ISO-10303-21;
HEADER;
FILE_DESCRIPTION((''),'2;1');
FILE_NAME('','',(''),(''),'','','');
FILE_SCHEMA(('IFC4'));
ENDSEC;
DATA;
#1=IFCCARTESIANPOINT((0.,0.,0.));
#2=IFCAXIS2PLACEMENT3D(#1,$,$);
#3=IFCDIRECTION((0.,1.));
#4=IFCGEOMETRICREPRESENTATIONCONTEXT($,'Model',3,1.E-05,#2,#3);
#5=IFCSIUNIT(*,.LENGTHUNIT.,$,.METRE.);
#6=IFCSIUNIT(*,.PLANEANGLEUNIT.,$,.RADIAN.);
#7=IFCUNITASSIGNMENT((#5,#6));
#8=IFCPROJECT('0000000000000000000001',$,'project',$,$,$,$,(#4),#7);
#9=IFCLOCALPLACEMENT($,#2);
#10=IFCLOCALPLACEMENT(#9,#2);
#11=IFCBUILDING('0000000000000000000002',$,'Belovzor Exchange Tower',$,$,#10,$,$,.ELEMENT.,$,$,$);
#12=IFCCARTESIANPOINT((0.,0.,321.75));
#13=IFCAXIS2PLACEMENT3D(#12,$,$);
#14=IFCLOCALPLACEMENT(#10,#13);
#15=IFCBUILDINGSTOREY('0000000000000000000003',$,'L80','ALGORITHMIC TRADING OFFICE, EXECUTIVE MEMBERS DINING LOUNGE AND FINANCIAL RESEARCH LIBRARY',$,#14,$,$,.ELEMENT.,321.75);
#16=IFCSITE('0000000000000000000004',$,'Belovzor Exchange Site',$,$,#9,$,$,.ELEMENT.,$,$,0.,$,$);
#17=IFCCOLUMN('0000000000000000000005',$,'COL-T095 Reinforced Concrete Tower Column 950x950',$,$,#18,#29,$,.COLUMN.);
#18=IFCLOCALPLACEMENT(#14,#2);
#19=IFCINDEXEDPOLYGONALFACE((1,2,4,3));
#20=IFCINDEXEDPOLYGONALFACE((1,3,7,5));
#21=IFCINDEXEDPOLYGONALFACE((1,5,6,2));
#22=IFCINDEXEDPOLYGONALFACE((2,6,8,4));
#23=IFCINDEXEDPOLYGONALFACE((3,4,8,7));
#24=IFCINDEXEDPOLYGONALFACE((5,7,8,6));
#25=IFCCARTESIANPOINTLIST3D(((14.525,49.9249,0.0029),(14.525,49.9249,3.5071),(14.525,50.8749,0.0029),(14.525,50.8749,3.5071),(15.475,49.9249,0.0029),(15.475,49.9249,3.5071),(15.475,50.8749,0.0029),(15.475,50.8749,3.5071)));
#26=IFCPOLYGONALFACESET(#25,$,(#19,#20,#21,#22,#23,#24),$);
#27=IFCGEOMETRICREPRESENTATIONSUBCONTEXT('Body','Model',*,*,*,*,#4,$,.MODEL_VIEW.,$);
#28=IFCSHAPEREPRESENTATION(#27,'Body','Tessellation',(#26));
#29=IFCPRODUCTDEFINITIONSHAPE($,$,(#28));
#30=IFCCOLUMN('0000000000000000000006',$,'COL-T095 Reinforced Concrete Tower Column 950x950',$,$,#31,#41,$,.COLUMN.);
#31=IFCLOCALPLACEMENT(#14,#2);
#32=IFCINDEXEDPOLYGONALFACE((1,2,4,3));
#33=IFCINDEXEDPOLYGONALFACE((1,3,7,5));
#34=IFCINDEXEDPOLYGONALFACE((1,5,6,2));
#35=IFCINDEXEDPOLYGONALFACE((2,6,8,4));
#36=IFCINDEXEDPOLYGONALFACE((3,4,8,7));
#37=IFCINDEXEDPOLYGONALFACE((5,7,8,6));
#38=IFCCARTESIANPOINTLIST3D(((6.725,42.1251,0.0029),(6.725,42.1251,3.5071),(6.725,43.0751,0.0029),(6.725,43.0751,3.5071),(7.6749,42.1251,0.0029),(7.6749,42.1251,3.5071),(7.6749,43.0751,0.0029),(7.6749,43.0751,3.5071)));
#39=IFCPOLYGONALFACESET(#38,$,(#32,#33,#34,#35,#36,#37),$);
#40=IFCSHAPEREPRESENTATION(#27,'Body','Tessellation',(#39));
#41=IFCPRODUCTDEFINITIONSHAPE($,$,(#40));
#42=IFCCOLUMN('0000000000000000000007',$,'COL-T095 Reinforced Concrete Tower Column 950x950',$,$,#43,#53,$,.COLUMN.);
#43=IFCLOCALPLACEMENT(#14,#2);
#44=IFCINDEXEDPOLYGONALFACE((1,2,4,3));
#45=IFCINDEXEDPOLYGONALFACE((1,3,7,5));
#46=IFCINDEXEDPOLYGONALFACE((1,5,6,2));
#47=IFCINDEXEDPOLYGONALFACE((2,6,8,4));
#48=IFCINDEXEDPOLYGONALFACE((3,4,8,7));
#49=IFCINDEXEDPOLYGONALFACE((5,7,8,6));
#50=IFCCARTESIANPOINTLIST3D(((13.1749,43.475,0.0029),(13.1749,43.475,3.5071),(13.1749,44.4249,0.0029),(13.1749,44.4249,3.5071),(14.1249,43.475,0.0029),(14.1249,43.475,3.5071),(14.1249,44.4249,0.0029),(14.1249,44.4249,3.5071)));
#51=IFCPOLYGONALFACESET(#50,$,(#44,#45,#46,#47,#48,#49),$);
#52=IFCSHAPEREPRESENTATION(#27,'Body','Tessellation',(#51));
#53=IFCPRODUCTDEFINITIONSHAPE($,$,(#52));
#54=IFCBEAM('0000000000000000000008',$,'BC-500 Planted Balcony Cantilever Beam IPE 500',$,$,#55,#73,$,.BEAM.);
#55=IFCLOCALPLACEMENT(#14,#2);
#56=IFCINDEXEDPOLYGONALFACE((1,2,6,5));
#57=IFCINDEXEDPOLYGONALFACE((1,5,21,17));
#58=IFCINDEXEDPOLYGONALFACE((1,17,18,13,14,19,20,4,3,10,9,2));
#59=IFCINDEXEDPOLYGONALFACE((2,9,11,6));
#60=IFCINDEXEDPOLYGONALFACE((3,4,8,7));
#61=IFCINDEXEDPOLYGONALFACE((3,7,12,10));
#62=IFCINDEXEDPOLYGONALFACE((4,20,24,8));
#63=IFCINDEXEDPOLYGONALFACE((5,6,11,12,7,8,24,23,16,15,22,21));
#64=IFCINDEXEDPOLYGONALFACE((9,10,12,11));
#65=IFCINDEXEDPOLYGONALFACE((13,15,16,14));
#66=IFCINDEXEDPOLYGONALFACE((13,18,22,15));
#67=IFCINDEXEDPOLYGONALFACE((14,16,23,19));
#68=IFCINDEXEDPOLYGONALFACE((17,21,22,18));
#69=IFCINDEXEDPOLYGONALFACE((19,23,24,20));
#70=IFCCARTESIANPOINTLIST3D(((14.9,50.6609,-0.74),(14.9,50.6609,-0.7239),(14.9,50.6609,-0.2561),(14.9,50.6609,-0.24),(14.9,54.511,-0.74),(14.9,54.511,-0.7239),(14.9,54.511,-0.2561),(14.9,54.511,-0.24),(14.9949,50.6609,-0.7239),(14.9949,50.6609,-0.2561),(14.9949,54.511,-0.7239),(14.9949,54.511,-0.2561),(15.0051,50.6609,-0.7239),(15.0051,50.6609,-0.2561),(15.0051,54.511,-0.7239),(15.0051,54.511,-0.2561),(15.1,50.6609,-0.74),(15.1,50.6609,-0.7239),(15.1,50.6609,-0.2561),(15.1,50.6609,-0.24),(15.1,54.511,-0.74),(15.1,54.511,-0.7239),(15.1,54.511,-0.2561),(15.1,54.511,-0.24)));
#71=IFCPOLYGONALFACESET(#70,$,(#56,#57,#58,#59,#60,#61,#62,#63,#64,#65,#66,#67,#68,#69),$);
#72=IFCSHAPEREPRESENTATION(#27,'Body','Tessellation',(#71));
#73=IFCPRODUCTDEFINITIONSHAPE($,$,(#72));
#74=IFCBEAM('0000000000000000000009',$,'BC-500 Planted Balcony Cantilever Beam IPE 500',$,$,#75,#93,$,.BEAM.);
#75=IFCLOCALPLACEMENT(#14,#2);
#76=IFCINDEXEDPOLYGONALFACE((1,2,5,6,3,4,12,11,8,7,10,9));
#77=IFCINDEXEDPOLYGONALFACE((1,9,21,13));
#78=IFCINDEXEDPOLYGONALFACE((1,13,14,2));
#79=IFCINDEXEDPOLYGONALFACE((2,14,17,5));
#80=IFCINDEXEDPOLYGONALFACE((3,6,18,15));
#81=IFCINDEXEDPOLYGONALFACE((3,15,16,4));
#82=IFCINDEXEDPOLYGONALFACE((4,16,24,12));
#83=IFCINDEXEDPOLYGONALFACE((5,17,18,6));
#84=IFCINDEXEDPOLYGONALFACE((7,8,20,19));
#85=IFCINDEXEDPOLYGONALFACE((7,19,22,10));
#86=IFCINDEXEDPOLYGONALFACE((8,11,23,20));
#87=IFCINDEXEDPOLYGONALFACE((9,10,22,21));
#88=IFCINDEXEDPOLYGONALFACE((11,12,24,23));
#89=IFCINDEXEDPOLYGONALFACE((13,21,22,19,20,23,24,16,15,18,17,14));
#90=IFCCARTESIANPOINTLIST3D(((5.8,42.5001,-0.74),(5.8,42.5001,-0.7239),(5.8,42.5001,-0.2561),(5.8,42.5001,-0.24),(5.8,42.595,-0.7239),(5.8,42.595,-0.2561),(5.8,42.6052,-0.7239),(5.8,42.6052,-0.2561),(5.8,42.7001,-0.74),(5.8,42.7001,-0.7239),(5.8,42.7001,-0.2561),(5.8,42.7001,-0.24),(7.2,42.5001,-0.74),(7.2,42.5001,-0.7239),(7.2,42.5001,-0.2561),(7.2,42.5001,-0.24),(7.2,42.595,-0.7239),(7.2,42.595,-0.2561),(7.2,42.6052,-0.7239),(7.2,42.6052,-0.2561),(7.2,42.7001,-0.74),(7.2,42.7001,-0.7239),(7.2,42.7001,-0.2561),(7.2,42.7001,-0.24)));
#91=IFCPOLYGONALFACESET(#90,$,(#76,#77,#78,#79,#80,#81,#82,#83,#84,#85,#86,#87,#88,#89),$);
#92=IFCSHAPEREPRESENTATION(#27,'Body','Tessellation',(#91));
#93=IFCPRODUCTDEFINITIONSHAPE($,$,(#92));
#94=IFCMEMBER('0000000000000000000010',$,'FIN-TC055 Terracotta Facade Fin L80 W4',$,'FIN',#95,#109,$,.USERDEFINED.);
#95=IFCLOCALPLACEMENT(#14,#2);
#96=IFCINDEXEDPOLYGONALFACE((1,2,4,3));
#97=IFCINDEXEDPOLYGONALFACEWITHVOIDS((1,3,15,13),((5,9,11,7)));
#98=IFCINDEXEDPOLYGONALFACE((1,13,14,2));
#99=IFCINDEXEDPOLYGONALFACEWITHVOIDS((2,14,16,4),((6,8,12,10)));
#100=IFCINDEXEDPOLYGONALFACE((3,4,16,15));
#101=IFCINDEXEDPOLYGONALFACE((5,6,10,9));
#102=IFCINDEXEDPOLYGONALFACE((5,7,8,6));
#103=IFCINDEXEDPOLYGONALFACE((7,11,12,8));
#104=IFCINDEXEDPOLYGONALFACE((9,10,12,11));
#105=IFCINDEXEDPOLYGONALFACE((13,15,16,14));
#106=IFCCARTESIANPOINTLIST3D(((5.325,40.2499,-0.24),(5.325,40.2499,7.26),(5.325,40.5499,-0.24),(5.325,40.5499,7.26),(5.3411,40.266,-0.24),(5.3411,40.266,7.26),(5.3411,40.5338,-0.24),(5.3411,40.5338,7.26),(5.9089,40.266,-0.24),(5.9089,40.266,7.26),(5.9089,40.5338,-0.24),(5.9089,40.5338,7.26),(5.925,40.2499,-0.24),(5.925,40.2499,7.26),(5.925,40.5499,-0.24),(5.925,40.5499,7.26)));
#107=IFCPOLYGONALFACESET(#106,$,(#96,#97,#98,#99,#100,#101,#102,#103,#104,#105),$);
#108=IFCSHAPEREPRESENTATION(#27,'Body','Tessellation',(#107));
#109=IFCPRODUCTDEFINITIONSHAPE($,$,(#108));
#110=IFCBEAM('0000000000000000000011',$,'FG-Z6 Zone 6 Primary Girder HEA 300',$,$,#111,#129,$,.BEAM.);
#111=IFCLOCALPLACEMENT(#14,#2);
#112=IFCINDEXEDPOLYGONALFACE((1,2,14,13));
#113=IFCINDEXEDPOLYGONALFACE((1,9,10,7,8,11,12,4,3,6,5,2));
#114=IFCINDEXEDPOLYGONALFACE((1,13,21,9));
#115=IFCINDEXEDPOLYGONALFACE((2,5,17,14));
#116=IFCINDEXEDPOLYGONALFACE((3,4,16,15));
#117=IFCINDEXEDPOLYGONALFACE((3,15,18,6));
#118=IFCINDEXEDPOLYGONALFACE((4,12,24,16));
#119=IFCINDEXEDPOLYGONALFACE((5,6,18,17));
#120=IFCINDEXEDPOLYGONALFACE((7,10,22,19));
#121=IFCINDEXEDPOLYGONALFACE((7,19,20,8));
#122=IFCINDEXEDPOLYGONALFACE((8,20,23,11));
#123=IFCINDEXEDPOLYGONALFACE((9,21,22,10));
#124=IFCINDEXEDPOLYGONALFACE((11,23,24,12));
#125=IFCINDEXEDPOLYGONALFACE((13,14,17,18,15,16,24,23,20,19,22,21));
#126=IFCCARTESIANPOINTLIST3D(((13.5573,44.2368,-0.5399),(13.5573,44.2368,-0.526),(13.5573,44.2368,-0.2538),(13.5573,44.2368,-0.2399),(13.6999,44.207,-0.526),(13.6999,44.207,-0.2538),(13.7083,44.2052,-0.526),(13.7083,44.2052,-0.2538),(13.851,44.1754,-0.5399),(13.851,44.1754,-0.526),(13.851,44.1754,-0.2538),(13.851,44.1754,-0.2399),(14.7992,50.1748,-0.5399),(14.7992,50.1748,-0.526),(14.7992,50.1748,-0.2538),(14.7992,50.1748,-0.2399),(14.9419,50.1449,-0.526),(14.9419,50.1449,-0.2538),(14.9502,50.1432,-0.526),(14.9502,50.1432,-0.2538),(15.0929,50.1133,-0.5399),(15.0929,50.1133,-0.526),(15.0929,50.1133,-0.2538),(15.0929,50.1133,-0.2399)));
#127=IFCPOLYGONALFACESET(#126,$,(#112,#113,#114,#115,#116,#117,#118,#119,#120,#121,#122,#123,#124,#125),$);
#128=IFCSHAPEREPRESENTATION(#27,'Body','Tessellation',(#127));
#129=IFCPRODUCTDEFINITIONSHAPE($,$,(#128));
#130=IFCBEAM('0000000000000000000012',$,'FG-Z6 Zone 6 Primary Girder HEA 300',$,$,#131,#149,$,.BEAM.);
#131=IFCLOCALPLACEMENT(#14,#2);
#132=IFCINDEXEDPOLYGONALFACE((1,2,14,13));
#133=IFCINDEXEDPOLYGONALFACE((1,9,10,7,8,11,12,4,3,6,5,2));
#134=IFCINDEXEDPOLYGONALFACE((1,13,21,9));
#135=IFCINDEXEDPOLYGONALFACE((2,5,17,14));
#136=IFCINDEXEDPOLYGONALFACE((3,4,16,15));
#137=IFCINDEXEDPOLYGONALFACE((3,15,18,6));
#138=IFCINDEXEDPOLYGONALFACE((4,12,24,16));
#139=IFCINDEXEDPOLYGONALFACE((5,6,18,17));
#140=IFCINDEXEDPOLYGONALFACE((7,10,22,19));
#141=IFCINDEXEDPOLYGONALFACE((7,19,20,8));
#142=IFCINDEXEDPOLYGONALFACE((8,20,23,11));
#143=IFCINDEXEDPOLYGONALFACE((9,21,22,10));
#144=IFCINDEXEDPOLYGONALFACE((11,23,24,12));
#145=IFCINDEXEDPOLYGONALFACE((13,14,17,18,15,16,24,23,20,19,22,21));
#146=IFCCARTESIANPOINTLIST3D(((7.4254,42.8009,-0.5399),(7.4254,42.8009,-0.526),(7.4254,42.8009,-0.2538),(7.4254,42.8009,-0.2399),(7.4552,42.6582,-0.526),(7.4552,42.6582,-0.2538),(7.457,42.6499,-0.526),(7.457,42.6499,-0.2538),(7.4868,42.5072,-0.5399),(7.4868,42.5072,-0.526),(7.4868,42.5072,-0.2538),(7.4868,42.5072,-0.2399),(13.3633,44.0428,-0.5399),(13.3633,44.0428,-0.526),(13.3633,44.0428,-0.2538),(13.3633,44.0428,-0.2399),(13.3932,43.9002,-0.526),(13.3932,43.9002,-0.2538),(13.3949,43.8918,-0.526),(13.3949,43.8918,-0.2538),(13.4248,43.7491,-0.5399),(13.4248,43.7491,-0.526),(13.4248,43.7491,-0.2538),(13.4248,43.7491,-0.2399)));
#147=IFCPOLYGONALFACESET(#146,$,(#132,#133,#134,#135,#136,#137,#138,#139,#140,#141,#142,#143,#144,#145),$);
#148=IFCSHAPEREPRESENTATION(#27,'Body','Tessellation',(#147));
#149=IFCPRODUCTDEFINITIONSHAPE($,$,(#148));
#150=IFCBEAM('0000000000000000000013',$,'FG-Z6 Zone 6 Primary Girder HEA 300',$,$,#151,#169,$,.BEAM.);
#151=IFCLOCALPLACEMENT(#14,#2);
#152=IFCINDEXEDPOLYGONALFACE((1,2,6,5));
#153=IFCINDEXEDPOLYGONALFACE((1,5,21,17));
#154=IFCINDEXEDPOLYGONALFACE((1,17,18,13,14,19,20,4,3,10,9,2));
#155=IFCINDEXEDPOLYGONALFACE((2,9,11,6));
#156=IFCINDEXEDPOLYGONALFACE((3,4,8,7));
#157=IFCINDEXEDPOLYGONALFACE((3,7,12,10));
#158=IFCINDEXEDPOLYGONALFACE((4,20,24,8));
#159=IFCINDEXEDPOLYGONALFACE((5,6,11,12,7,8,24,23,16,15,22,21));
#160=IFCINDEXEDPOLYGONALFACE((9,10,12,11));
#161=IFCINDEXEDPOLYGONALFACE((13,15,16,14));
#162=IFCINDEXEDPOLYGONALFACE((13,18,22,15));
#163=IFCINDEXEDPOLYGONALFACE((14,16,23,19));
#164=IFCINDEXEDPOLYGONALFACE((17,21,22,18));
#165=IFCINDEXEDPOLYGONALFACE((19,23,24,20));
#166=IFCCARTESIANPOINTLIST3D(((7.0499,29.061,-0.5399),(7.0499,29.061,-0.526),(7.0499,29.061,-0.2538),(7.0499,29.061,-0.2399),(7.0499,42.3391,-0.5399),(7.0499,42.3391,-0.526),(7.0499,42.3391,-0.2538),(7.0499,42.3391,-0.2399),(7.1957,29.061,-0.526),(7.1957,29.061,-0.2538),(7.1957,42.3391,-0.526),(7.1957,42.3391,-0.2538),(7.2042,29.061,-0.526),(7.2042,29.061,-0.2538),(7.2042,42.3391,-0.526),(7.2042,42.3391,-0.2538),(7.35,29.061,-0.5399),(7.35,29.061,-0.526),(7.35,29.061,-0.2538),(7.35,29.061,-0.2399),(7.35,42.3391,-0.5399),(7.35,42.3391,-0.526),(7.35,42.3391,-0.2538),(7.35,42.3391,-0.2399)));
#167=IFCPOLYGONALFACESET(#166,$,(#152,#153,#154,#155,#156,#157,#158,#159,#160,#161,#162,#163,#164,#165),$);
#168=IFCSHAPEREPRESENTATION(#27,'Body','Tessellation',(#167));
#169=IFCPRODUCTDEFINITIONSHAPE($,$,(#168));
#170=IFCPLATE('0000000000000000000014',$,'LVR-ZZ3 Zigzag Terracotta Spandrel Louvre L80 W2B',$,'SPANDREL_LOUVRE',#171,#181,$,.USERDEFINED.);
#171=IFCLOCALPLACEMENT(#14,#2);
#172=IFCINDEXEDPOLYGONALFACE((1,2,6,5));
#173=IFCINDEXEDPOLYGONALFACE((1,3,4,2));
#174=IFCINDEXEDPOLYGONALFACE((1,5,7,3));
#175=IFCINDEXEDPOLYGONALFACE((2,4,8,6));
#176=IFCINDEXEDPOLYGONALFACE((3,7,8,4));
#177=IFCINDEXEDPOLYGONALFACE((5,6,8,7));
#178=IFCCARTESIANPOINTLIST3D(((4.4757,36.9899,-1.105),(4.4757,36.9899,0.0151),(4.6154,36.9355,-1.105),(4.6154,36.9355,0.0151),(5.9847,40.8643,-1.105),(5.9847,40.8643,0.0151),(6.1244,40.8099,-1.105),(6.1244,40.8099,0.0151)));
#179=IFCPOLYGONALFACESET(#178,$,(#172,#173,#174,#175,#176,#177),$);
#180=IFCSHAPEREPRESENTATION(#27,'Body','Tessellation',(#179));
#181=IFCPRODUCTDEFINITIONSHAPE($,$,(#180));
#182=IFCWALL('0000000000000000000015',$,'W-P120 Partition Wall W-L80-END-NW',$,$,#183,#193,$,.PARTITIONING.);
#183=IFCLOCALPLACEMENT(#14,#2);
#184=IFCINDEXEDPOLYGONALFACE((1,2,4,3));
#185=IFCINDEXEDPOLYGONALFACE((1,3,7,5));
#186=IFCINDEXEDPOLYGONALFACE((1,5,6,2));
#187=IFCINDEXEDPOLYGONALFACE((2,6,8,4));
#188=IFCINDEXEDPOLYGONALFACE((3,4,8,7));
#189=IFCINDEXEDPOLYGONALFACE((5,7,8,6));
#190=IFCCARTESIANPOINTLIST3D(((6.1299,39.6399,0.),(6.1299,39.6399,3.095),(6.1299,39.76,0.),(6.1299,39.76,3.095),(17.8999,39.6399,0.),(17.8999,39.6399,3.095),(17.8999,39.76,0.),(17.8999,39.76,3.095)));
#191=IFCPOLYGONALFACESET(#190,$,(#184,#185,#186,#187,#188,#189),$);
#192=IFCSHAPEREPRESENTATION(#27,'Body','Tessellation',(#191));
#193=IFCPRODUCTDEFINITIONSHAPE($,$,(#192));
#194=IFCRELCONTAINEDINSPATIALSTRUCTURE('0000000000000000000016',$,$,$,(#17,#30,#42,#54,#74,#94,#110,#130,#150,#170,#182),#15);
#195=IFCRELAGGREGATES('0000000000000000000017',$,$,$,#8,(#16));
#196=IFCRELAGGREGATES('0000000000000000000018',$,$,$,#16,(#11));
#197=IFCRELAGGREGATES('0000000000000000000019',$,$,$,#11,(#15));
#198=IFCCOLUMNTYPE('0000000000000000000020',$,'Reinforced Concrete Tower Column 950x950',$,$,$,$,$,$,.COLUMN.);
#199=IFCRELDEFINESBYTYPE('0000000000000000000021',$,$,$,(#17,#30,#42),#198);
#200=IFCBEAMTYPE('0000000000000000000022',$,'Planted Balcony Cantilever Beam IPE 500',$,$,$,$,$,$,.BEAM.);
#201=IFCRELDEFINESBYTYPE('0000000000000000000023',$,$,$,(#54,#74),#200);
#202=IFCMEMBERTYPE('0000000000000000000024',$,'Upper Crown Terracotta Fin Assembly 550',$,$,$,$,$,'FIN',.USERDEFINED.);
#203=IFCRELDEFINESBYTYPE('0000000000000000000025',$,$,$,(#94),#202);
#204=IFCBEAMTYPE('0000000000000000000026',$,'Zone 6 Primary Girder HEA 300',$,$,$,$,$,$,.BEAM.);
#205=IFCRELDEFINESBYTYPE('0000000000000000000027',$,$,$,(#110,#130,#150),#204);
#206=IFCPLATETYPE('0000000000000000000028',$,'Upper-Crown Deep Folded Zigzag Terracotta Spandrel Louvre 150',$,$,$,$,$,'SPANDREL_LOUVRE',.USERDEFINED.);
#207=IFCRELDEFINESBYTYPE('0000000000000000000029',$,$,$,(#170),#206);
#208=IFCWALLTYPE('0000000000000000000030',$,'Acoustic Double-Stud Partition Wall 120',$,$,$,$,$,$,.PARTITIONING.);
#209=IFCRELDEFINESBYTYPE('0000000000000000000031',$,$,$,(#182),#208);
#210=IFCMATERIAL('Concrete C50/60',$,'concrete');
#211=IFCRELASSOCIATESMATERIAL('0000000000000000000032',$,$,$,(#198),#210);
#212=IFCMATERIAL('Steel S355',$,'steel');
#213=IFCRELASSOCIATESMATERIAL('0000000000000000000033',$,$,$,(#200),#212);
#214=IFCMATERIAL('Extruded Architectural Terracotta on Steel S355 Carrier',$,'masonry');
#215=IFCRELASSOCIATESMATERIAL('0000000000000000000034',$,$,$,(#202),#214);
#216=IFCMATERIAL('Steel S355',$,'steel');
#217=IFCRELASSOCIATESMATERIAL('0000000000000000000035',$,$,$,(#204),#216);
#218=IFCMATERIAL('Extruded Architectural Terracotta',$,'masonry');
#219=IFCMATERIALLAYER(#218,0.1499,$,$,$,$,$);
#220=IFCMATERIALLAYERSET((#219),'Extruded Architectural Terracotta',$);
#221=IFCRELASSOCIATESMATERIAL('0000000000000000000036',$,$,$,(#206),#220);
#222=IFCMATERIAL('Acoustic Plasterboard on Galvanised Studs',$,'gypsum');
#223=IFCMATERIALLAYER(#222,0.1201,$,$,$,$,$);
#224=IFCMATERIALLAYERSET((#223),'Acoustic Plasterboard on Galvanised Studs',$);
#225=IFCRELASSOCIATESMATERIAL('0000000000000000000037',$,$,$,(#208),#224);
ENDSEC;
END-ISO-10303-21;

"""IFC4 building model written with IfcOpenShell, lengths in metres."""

from ifc_helpers import new_model, si_unit, direction, frame, frame_2d, origin, origin_2d, place, context, subcontext, project, spatial, rectangle, hollow_rectangle, i_section, extrude, material, layer, layer_set, material_profile, profile_set, type_object, element, save


model = new_model("IFC4")

# Units and contexts
model_context = context("Model", 3, precision=1e-05, world=origin(), true_north=direction((0.0, 1.0)))
body_context = subcontext(model_context, "Body", "Model", "MODEL_VIEW")
ifc_project = project(units=[si_unit("LENGTHUNIT", "METRE"), si_unit("PLANEANGLEUNIT", "RADIAN")], contexts=[model_context])

# Site, building, storey
site_placement = place(None, origin())
site = spatial("IfcSite", under=ifc_project, at=site_placement, Name="Belovzor Exchange Site", CompositionType="ELEMENT", RefElevation=0.0)
building_placement = place(site_placement, origin())
building = spatial("IfcBuilding", under=site, at=building_placement, Name="Belovzor Exchange Tower", CompositionType="ELEMENT")
storey_placement = place(building_placement, frame((0.0, 0.0, 321.75)))
storey = spatial("IfcBuildingStorey", under=building, at=storey_placement, Name="L80", Description="ALGORITHMIC TRADING OFFICE, EXECUTIVE MEMBERS DINING LOUNGE AND FINANCIAL RESEARCH LIBRARY", CompositionType="ELEMENT", Elevation=321.75)

# Columns
ifc_material_1 = material(Name="Concrete C50/60", Category="concrete")
ifc_material_profile_1 = material_profile(ifc_material_1, rectangle(XDim=0.95, YDim=0.95, at=origin_2d()))
ifc_profile_set_1 = profile_set([ifc_material_profile_1], Name="Concrete C50/60")
column_type = type_object("IfcColumnType", Name="Reinforced Concrete Tower Column 950x950", PredefinedType="COLUMN", material=ifc_profile_set_1)
for number, where, z_axis, x_axis, name in (
    (1, (15.0, 50.3999, 0.0029), (0.0, 0.0, 1.0), (1.0, 0.0, 0.0), "COL-T095 Reinforced Concrete Tower Column 950x950"),
    (2, (7.2, 42.6001, 0.0029), (0.0, 0.0, 1.0), (1.0, 0.0, 0.0), "COL-T095 Reinforced Concrete Tower Column 950x950"),
    (3, (13.6499, 43.95, 0.0029), (0.0, 0.0, 1.0), (1.0, 0.0, 0.0), "COL-T095 Reinforced Concrete Tower Column 950x950"),
):
    element("IfcColumn", number, at=place(storey_placement, frame(where, z_axis=z_axis, x_axis=x_axis)), inside=storey, type_object=column_type, Name=name, PredefinedType="COLUMN", context=body_context, shape_type="SweptSolid", body=[
        extrude(rectangle(XDim=0.95, YDim=0.95, at=origin_2d()), origin(), (0.0, 0.0, 1.0), 3.5042),
    ])

# Beams
ifc_material_2 = material(Name="Steel S355", Category="steel")
ifc_material_profile_2 = material_profile(ifc_material_2, i_section(OverallWidth=0.2, OverallDepth=0.5, WebThickness=0.0103, FlangeThickness=0.0161, at=origin_2d()))
ifc_profile_set_2 = profile_set([ifc_material_profile_2], Name="Steel S355")
beam_type_1 = type_object("IfcBeamType", Name="Planted Balcony Cantilever Beam IPE 500", PredefinedType="BEAM", material=ifc_profile_set_2)
beam_1_placement = place(storey_placement, frame((15.0, 50.6609, -0.49), z_axis=(0.0, 1.0, 0.0), x_axis=(-1.0, 0.0, 0.0)))
element("IfcBeam", 4, at=beam_1_placement, inside=storey, type_object=beam_type_1, Name="BC-500 Planted Balcony Cantilever Beam IPE 500", PredefinedType="BEAM", context=body_context, shape_type="SweptSolid", body=[
    extrude(i_section(OverallWidth=0.2, OverallDepth=0.5, WebThickness=0.0103, FlangeThickness=0.0161, at=origin_2d()), origin(), (0.0, 0.0, 1.0), 3.8501),
])
beam_2_placement = place(storey_placement, frame((7.2, 42.6001, -0.49), z_axis=(-1.0, 0.0, 0.0), x_axis=(0.0, -1.0, 0.0)))
element("IfcBeam", 5, at=beam_2_placement, inside=storey, type_object=beam_type_1, Name="BC-500 Planted Balcony Cantilever Beam IPE 500", PredefinedType="BEAM", context=body_context, shape_type="SweptSolid", body=[
    extrude(i_section(OverallWidth=0.2, OverallDepth=0.5, WebThickness=0.0103, FlangeThickness=0.0161, at=origin_2d()), origin(), (0.0, 0.0, 1.0), 1.3999),
])

# Member
ifc_material_3 = material(Name="Extruded Architectural Terracotta on Steel S355 Carrier", Category="masonry")
ifc_material_profile_3 = material_profile(ifc_material_3, hollow_rectangle(XDim=0.3, YDim=0.6001, WallThickness=0.0161, at=origin_2d()))
ifc_profile_set_3 = profile_set([ifc_material_profile_3], Name="Extruded Architectural Terracotta on Steel S355 Carrier")
member_type = type_object("IfcMemberType", Name="Upper Crown Terracotta Fin Assembly 550", ElementType="FIN", PredefinedType="USERDEFINED", material=ifc_profile_set_3)
member_placement = place(storey_placement, frame((5.625, 40.3999, -0.24), z_axis=(0.0, 0.0, 1.0), x_axis=(0.0, 1.0, 0.0)))
element("IfcMember", 6, at=member_placement, inside=storey, type_object=member_type, Name="FIN-TC055 Terracotta Facade Fin L80 W4", ObjectType="FIN", PredefinedType="USERDEFINED", context=body_context, shape_type="SweptSolid", body=[
    extrude(hollow_rectangle(XDim=0.3, YDim=0.6001, WallThickness=0.0161, at=origin_2d()), origin(), (0.0, 0.0, 1.0), 7.5),
])

# Beams
ifc_material_4 = material(Name="Steel S355", Category="steel")
ifc_material_profile_4 = material_profile(ifc_material_4, i_section(OverallWidth=0.3, OverallDepth=0.3, WebThickness=0.0085, FlangeThickness=0.0139, at=origin_2d()))
ifc_profile_set_4 = profile_set([ifc_material_profile_4], Name="Steel S355")
beam_type_2 = type_object("IfcBeamType", Name="Zone 6 Primary Girder HEA 300", PredefinedType="BEAM", material=ifc_profile_set_4)
for number, where, z_axis, x_axis, name in (
    (7, (14.946, 50.144, -0.3899), (-0.204722, -0.97882, 0.0), (0.97882, -0.204722, 0.0), "FG-Z6 Zone 6 Primary Girder HEA 300"),
    (8, (13.394, 43.896, -0.3899), (-0.97882, -0.204722, 0.0), (0.204722, -0.97882, 0.0), "FG-Z6 Zone 6 Primary Girder HEA 300"),
):
    element("IfcBeam", number, at=place(storey_placement, frame(where, z_axis=z_axis, x_axis=x_axis)), inside=storey, type_object=beam_type_2, Name=name, PredefinedType="BEAM", context=body_context, shape_type="SweptSolid", body=[
        extrude(i_section(OverallWidth=0.3, OverallDepth=0.3, WebThickness=0.0085, FlangeThickness=0.0139, at=origin_2d()), origin(), (0.0, 0.0, 1.0), 6.0664),
    ])
beam_3_placement = place(storey_placement, frame((7.2, 42.3391, -0.3899), z_axis=(0.0, -1.0, 0.0), x_axis=(1.0, 0.0, 0.0)))
element("IfcBeam", 9, at=beam_3_placement, inside=storey, type_object=beam_type_2, Name="FG-Z6 Zone 6 Primary Girder HEA 300", PredefinedType="BEAM", context=body_context, shape_type="SweptSolid", body=[
    extrude(i_section(OverallWidth=0.3, OverallDepth=0.3, WebThickness=0.0085, FlangeThickness=0.0139, at=origin_2d()), origin(), (0.0, 0.0, 1.0), 13.2781),
])

# Plate
ifc_material_5 = material(Name="Extruded Architectural Terracotta", Category="masonry")
ifc_layer_1 = layer(ifc_material_5, 0.1499)
ifc_layer_set_1 = layer_set([ifc_layer_1], Name="Extruded Architectural Terracotta")
plate_type = type_object("IfcPlateType", Name="Upper-Crown Deep Folded Zigzag Terracotta Spandrel Louvre 150", ElementType="SPANDREL_LOUVRE", PredefinedType="USERDEFINED", material=ifc_layer_set_1)
plate_placement = place(storey_placement, frame((5.3, 38.8999, -1.105), z_axis=(0.0, 0.0, 1.0), x_axis=(0.362926, 0.931818, 0.0)))
element("IfcPlate", 10, at=plate_placement, inside=storey, type_object=plate_type, Name="LVR-ZZ3 Zigzag Terracotta Spandrel Louvre L80 W2B", ObjectType="SPANDREL_LOUVRE", PredefinedType="USERDEFINED", context=body_context, shape_type="SweptSolid", body=[
    extrude(rectangle(XDim=4.158, YDim=0.1499, at=origin_2d()), origin(), (0.0, 0.0, 1.0), 1.1201),
])

# Wall
ifc_material_6 = material(Name="Acoustic Plasterboard on Galvanised Studs", Category="gypsum")
ifc_layer_2 = layer(ifc_material_6, 0.1201)
ifc_layer_set_2 = layer_set([ifc_layer_2], Name="Acoustic Plasterboard on Galvanised Studs")
wall_type_1 = type_object("IfcWallType", Name="Acoustic Double-Stud Partition Wall 120", PredefinedType="PARTITIONING", material=ifc_layer_set_2)
wall_1_placement = place(storey_placement, frame((6.1299, 39.7, 0.0), z_axis=(0.0, 0.0, 1.0), x_axis=(1.0, 0.0, 0.0)))
element("IfcWall", 11, at=wall_1_placement, inside=storey, type_object=wall_type_1, Name="W-P120 Partition Wall W-L80-END-NW", PredefinedType="PARTITIONING", context=body_context, shape_type="SweptSolid", body=[
    extrude(rectangle(XDim=11.77, YDim=0.1201, at=frame_2d((5.885, 0.0))), origin(), (0.0, 0.0, 1.0), 3.095),
])

save(model, "model.ifc")
